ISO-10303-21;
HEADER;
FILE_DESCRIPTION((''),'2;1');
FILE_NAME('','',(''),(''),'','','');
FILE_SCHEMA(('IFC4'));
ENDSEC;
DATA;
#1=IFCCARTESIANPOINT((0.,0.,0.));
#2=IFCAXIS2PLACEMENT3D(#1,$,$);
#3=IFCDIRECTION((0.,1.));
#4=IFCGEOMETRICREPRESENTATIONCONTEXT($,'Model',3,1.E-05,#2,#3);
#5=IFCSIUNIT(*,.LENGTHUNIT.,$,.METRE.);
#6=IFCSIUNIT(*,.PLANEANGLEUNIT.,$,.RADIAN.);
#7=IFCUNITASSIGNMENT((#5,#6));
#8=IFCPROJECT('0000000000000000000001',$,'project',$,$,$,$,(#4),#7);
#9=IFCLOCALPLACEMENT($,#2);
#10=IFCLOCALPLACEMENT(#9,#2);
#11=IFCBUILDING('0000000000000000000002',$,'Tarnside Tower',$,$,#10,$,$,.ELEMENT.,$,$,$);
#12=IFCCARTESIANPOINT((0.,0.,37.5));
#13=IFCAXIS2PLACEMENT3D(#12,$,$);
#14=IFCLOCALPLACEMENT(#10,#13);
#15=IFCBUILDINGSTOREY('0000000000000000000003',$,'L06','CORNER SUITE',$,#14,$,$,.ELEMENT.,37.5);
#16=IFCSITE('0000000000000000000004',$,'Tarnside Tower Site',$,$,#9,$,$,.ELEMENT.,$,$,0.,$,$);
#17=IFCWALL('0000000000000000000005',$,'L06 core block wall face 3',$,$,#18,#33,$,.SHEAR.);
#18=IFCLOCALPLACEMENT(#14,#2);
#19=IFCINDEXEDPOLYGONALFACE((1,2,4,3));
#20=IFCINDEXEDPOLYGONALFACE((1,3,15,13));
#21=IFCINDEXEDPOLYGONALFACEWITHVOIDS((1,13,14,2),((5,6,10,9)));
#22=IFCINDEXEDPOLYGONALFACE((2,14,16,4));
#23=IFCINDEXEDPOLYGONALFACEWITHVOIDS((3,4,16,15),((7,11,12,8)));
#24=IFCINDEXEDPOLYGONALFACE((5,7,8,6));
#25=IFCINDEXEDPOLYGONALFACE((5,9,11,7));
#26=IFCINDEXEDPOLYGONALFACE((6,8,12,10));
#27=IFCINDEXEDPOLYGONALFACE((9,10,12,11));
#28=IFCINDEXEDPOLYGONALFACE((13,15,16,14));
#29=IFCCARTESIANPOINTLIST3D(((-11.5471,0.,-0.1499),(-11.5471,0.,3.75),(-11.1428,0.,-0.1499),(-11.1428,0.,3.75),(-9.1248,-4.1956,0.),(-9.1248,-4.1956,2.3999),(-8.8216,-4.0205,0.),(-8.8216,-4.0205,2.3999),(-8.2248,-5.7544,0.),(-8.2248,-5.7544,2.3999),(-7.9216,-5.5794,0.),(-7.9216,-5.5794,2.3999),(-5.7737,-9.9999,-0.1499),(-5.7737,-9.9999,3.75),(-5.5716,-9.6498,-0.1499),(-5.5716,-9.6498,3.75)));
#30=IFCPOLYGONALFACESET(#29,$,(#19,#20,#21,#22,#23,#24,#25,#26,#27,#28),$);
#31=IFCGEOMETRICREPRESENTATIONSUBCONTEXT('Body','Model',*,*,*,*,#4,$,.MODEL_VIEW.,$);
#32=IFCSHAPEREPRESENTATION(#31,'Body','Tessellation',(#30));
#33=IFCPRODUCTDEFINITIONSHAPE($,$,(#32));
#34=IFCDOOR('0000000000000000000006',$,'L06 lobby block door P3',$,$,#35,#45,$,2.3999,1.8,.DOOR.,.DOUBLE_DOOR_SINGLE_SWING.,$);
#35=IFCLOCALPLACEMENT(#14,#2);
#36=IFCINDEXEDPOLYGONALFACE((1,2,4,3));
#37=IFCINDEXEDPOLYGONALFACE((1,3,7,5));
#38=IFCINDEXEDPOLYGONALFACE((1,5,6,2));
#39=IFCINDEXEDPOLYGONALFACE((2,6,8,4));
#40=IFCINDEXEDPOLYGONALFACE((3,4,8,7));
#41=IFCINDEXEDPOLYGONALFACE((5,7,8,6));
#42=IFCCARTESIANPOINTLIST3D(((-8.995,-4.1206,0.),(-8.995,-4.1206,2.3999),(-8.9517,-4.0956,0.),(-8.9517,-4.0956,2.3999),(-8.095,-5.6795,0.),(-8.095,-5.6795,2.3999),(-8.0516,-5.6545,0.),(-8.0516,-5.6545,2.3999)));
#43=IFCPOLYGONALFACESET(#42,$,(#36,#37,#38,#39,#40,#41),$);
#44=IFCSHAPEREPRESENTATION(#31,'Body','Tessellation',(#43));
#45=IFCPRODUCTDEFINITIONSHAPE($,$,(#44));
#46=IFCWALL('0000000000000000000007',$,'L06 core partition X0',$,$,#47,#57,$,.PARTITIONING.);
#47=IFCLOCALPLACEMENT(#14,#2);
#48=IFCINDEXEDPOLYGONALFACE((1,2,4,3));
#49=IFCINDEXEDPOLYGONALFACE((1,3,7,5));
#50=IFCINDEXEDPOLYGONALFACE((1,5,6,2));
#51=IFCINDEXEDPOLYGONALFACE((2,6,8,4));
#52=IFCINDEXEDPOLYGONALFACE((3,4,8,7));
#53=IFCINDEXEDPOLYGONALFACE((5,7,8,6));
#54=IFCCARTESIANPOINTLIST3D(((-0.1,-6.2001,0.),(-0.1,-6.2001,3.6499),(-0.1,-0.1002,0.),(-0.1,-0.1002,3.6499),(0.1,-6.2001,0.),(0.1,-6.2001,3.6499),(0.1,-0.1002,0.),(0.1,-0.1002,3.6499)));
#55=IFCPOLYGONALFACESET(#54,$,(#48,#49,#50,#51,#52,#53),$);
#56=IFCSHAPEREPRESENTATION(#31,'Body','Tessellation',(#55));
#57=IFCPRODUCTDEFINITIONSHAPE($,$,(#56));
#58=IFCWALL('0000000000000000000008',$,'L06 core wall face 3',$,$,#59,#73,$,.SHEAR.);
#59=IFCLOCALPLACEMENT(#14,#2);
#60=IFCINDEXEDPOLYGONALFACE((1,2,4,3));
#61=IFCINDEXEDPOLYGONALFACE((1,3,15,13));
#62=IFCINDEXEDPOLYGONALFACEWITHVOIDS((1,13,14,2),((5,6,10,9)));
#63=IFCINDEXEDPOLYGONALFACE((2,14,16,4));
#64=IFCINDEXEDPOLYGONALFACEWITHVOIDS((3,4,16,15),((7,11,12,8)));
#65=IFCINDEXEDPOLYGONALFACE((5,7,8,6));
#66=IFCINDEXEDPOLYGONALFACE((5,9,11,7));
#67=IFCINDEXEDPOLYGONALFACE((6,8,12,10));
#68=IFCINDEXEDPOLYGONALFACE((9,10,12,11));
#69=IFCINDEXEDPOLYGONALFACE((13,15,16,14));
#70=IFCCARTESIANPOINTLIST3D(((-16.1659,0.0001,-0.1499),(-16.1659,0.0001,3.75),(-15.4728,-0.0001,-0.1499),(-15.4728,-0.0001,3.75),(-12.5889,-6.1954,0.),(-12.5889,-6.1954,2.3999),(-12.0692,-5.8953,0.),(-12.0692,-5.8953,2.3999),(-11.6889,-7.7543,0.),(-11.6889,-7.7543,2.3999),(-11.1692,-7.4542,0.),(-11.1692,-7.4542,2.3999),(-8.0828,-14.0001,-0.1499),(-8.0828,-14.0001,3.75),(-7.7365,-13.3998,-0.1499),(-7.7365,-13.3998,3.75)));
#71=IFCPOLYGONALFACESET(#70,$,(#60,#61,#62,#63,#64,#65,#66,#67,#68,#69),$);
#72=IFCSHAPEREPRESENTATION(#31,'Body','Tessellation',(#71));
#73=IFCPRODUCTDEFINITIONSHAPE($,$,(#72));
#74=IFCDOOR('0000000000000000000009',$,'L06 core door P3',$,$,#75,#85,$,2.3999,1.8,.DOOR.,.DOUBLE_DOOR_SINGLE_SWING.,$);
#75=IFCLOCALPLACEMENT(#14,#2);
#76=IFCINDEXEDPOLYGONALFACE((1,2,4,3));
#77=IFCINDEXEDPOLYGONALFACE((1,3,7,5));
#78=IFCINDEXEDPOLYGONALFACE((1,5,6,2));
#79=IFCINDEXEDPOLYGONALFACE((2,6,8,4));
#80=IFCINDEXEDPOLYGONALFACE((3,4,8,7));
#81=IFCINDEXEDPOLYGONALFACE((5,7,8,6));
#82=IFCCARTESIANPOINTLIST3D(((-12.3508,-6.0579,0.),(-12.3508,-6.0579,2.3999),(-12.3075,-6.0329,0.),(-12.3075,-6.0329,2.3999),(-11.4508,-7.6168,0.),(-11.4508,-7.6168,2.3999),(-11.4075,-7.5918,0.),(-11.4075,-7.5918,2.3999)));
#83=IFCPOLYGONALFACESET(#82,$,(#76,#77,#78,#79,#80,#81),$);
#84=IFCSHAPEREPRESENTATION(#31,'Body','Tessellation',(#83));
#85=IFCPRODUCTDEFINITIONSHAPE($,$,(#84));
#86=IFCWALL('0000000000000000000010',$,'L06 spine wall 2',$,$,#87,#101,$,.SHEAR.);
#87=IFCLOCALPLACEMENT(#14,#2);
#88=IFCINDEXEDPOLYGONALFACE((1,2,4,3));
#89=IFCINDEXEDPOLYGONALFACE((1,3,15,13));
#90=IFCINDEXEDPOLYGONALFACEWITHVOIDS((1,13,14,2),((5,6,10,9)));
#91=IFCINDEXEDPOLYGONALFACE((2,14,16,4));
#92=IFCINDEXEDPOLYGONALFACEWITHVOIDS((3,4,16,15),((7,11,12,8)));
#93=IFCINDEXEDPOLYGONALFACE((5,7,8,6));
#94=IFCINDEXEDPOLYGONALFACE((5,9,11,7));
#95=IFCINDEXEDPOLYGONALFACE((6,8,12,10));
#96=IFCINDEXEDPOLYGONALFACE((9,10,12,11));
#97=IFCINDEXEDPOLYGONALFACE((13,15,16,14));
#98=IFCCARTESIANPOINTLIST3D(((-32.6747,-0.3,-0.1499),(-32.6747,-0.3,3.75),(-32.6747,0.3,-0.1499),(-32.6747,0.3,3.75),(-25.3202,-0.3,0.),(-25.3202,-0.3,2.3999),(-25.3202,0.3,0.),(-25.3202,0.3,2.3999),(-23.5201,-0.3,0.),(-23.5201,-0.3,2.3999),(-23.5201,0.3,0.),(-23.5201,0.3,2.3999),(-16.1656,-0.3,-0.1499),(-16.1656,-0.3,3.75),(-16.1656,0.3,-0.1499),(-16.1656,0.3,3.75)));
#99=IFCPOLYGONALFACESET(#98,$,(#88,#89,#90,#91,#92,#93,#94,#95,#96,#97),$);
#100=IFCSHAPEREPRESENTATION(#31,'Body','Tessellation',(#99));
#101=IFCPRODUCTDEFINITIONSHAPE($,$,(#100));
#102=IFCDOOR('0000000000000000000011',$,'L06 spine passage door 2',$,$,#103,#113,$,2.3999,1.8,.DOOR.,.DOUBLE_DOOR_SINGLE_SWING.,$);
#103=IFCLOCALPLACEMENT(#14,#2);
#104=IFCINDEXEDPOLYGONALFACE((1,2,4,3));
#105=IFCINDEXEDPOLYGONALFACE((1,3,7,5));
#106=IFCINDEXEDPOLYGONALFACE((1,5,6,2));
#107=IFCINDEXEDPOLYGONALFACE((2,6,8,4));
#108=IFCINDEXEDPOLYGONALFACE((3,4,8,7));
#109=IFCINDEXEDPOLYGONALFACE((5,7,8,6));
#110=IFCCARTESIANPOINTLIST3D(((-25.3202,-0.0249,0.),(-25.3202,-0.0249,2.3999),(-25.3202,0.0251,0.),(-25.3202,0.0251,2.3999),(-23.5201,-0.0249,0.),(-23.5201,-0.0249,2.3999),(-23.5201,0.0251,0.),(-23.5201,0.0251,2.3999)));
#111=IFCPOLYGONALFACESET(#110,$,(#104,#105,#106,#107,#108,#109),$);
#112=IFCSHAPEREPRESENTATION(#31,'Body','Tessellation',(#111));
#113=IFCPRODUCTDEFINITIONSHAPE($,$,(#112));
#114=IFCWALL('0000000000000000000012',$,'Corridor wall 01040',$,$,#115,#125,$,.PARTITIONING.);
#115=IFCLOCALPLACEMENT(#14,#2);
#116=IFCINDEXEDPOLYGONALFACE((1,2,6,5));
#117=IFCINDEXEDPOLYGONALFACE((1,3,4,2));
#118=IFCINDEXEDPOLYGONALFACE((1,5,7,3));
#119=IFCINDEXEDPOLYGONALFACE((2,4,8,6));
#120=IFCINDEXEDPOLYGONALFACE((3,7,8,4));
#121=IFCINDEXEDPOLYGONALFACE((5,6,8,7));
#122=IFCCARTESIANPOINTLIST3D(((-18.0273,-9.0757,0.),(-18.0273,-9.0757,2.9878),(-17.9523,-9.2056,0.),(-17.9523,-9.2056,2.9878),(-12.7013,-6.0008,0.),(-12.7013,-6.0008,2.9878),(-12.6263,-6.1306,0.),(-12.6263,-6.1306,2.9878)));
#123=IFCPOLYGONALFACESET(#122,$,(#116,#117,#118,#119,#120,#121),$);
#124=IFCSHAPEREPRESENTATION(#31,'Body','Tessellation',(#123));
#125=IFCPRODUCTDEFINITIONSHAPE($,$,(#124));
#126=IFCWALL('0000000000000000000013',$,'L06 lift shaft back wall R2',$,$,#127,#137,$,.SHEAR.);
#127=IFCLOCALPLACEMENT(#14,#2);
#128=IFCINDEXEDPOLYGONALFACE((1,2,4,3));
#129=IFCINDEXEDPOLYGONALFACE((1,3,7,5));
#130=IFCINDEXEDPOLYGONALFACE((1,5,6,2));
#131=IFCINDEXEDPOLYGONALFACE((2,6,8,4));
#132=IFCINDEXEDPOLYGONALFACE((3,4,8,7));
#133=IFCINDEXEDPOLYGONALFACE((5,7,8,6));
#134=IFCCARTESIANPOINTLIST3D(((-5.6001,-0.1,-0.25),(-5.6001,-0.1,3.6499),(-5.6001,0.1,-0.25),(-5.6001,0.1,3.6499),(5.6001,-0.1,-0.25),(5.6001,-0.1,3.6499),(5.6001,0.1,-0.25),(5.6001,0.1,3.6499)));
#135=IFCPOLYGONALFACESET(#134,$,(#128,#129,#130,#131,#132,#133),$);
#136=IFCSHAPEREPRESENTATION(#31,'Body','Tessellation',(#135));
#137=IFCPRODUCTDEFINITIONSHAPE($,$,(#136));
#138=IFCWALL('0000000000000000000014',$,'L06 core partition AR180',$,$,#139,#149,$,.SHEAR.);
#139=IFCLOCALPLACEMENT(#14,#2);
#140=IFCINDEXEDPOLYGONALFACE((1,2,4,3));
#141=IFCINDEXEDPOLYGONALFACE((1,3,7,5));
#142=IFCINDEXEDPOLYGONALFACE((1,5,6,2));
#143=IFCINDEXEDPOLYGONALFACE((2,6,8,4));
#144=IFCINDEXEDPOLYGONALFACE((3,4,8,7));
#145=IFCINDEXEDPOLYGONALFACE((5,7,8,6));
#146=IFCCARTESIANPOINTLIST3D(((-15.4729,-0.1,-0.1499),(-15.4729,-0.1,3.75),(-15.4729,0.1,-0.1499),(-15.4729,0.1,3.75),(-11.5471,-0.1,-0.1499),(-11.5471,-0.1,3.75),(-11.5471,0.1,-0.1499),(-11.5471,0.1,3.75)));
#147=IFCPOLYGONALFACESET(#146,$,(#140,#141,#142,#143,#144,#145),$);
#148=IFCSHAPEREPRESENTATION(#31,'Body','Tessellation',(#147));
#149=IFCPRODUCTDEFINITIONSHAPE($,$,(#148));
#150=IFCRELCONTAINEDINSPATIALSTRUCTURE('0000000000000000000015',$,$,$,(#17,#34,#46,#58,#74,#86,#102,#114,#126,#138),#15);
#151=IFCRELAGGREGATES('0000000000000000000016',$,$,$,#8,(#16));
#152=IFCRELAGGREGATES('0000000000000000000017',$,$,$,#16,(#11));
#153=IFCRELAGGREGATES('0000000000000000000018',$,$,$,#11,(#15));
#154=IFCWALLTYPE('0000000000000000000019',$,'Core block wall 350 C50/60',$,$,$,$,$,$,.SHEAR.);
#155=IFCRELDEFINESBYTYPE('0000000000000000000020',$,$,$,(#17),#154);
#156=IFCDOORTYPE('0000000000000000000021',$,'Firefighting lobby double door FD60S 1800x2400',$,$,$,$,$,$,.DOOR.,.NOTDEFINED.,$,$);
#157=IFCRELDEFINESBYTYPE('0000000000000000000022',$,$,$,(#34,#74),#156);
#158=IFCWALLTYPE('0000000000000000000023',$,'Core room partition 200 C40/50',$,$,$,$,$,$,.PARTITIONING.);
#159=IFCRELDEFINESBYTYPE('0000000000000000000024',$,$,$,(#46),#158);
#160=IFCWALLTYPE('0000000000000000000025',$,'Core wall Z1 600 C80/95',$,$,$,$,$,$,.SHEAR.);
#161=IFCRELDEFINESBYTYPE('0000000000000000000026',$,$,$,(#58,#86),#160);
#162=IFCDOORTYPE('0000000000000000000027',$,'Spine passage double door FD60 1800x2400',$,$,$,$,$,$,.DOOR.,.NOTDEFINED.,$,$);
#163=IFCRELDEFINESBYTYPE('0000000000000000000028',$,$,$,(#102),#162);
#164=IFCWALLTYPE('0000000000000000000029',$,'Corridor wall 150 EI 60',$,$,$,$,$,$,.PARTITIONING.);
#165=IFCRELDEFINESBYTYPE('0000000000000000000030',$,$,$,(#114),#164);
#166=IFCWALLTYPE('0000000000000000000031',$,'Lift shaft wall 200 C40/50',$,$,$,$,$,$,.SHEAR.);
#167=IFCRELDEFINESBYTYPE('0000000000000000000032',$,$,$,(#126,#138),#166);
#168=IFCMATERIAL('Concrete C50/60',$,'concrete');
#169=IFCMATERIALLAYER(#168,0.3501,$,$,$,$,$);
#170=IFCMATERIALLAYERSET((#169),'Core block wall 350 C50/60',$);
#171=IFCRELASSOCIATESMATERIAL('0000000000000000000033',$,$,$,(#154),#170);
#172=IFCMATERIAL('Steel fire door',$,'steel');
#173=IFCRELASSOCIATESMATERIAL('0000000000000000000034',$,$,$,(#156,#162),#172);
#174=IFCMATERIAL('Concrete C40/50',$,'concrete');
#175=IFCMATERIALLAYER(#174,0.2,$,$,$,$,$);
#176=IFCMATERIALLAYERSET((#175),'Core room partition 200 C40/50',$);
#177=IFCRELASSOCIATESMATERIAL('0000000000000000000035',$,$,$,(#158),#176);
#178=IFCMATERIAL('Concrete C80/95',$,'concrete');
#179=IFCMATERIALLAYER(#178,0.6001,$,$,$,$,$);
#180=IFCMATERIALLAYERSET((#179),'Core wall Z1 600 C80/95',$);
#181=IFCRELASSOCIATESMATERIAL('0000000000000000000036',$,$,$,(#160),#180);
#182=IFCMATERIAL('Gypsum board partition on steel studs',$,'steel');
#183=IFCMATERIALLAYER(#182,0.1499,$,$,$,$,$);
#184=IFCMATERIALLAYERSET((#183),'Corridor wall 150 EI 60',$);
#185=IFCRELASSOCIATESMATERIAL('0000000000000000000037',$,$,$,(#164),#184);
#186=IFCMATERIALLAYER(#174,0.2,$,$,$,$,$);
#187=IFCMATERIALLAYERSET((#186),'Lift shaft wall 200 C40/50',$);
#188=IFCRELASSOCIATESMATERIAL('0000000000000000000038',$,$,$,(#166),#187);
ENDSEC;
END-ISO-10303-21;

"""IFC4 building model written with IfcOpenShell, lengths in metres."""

from ifc_helpers import new_model, si_unit, direction, frame, frame_2d, origin, place, context, subcontext, project, spatial, polyline, rectangle, outline, extrude, material, layer, layer_set, type_object, element, fill, save


model = new_model("IFC4")

# Units and contexts
model_context = context("Model", 3, precision=1e-05, world=origin(), true_north=direction((0.0, 1.0)))
body_context = subcontext(model_context, "Body", "Model", "MODEL_VIEW")
ifc_project = project(units=[si_unit("LENGTHUNIT", "METRE"), si_unit("PLANEANGLEUNIT", "RADIAN")], contexts=[model_context])

# Site, building, storey
site_placement = place(None, origin())
site = spatial("IfcSite", under=ifc_project, at=site_placement, Name="Tarnside Tower Site", CompositionType="ELEMENT", RefElevation=0.0)
building_placement = place(site_placement, origin())
building = spatial("IfcBuilding", under=site, at=building_placement, Name="Tarnside Tower", CompositionType="ELEMENT")
storey_placement = place(building_placement, frame((0.0, 0.0, 37.5)))
storey = spatial("IfcBuildingStorey", under=building, at=storey_placement, Name="L06", Description="CORNER SUITE", CompositionType="ELEMENT", Elevation=37.5)

# Wall, opening, door
ifc_material_1 = material(Name="Concrete C50/60", Category="concrete")
ifc_layer_1 = layer(ifc_material_1, 0.3501)
ifc_layer_set_1 = layer_set([ifc_layer_1], Name="Core block wall 350 C50/60")
wall_type_1 = type_object("IfcWallType", Name="Core block wall 350 C50/60", PredefinedType="SHEAR", material=ifc_layer_set_1)
wall_1_placement = place(storey_placement, frame((-11.345, 0.0, -0.1499), z_axis=(0.0, 0.0, 1.0), x_axis=(0.499995, -0.866028, 0.0)))
wall_1 = element("IfcWall", 1, at=wall_1_placement, inside=storey, type_object=wall_type_1, Name="L06 core block wall face 3", PredefinedType="SHEAR", context=body_context, shape_type="SweptSolid", body=[
    extrude(outline(polyline([(-0.1011, -0.175), (11.4458, -0.175), (11.2437, 0.175), (0.1011, 0.175), (-0.1011, -0.175)])), origin(), (0.0, 0.0, 1.0), 3.8999),
])
opening_1_placement = place(wall_1_placement, frame((4.7437, 0.0, 0.1499)))
opening_1 = element("IfcOpeningElement", 2, at=opening_1_placement, cuts=wall_1, PredefinedType="OPENING", context=body_context, shape_type="SweptSolid", body=[
    extrude(rectangle(XDim=1.8, YDim=2.3999, at=frame_2d((0.8999, 1.2))), frame((0.0, 0.1851, 0.0), z_axis=(0.0, -1.0, 0.0), x_axis=(1.0, 0.0, 0.0)), (0.0, 0.0, 1.0), 0.3701),
])
ifc_material_2 = material(Name="Steel fire door", Category="steel")
door_type_1 = type_object("IfcDoorType", Name="Firefighting lobby double door FD60S 1800x2400", OperationType="NOTDEFINED", PredefinedType="DOOR", material=ifc_material_2)
door_1_placement = place(opening_1_placement, origin())
door_1 = element("IfcDoor", 3, at=door_1_placement, inside=storey, type_object=door_type_1, Name="L06 lobby block door P3", OperationType="DOUBLE_DOOR_SINGLE_SWING", OverallHeight=2.3999, OverallWidth=1.8, PredefinedType="DOOR", context=body_context, shape_type="SweptSolid", body=[
    extrude(rectangle(XDim=1.8, YDim=2.3999, at=frame_2d((0.8999, 1.2))), frame((0.0, 0.0249, 0.0), z_axis=(0.0, -1.0, 0.0), x_axis=(1.0, 0.0, 0.0)), (0.0, 0.0, 1.0), 0.05),
])
fill(opening_1, door_1)

# Wall
ifc_material_3 = material(Name="Concrete C40/50", Category="concrete")
ifc_layer_2 = layer(ifc_material_3, 0.2)
ifc_layer_set_2 = layer_set([ifc_layer_2], Name="Core room partition 200 C40/50")
wall_type_2 = type_object("IfcWallType", Name="Core room partition 200 C40/50", PredefinedType="PARTITIONING", material=ifc_layer_set_2)
wall_2_placement = place(storey_placement, frame((0.0, -6.2, 0.0), z_axis=(0.0, 0.0, 1.0), x_axis=(0.0, 1.0, 0.0)))
element("IfcWall", 4, at=wall_2_placement, inside=storey, type_object=wall_type_2, Name="L06 core partition X0", PredefinedType="PARTITIONING", context=body_context, shape_type="SweptSolid", body=[
    extrude(rectangle(XDim=6.0999, YDim=0.2, at=frame_2d((3.0498, 0.0))), origin(), (0.0, 0.0, 1.0), 3.6499),
])

# Walls, openings, doors
ifc_material_4 = material(Name="Concrete C80/95", Category="concrete")
ifc_layer_3 = layer(ifc_material_4, 0.6001)
ifc_layer_set_3 = layer_set([ifc_layer_3], Name="Core wall Z1 600 C80/95")
wall_type_3 = type_object("IfcWallType", Name="Core wall Z1 600 C80/95", PredefinedType="SHEAR", material=ifc_layer_set_3)
wall_3_placement = place(storey_placement, frame((-15.8193, 0.0, -0.1499), z_axis=(0.0, 0.0, 1.0), x_axis=(0.5, -0.866025, 0.0)))
wall_3 = element("IfcWall", 5, at=wall_3_placement, inside=storey, type_object=wall_type_3, Name="L06 core wall face 3", PredefinedType="SHEAR", context=body_context, shape_type="SweptSolid", body=[
    extrude(outline(polyline([(-0.1733, -0.3), (15.9927, -0.3), (15.646, 0.3), (0.1733, 0.3), (-0.1733, -0.3)])), origin(), (0.0, 0.0, 1.0), 3.8999),
])
opening_2_placement = place(wall_3_placement, frame((6.9807, 0.0, 0.1499)))
opening_2 = element("IfcOpeningElement", 6, at=opening_2_placement, cuts=wall_3, PredefinedType="OPENING", context=body_context, shape_type="SweptSolid", body=[
    extrude(rectangle(XDim=1.8, YDim=2.3999, at=frame_2d((0.8999, 1.2))), frame((0.0, 0.3101, 0.0), z_axis=(0.0, -1.0, 0.0), x_axis=(1.0, 0.0, 0.0)), (0.0, 0.0, 1.0), 0.6201),
])
door_2_placement = place(opening_2_placement, origin())
door_2 = element("IfcDoor", 7, at=door_2_placement, inside=storey, type_object=door_type_1, Name="L06 core door P3", OperationType="DOUBLE_DOOR_SINGLE_SWING", OverallHeight=2.3999, OverallWidth=1.8, PredefinedType="DOOR", context=body_context, shape_type="SweptSolid", body=[
    extrude(rectangle(XDim=1.8, YDim=2.3999, at=frame_2d((0.8999, 1.2))), frame((0.0, 0.0249, 0.0), z_axis=(0.0, -1.0, 0.0), x_axis=(1.0, 0.0, 0.0)), (0.0, 0.0, 1.0), 0.05),
])
fill(opening_2, door_2)
wall_4_placement = place(storey_placement, frame((-16.1658, 0.0, -0.1499), z_axis=(0.0, 0.0, 1.0), x_axis=(-1.0, 0.0, 0.0)))
wall_4 = element("IfcWall", 8, at=wall_4_placement, inside=storey, type_object=wall_type_3, Name="L06 spine wall 2", PredefinedType="SHEAR", context=body_context, shape_type="SweptSolid", body=[
    extrude(rectangle(XDim=16.509, YDim=0.6001, at=frame_2d((8.2544, 0.0))), origin(), (0.0, 0.0, 1.0), 3.8999),
])
opening_3_placement = place(wall_4_placement, frame((7.3545, 0.0, 0.1499)))
opening_3 = element("IfcOpeningElement", 9, at=opening_3_placement, cuts=wall_4, PredefinedType="OPENING", context=body_context, shape_type="SweptSolid", body=[
    extrude(rectangle(XDim=1.8, YDim=2.3999, at=frame_2d((0.8999, 1.2))), frame((0.0, 0.3101, 0.0), z_axis=(0.0, -1.0, 0.0), x_axis=(1.0, 0.0, 0.0)), (0.0, 0.0, 1.0), 0.6201),
])
door_type_2 = type_object("IfcDoorType", Name="Spine passage double door FD60 1800x2400", OperationType="NOTDEFINED", PredefinedType="DOOR", material=ifc_material_2)
door_3_placement = place(opening_3_placement, origin())
door_3 = element("IfcDoor", 10, at=door_3_placement, inside=storey, type_object=door_type_2, Name="L06 spine passage door 2", OperationType="DOUBLE_DOOR_SINGLE_SWING", OverallHeight=2.3999, OverallWidth=1.8, PredefinedType="DOOR", context=body_context, shape_type="SweptSolid", body=[
    extrude(rectangle(XDim=1.8, YDim=2.3999, at=frame_2d((0.8999, 1.2))), frame((0.0, 0.0249, 0.0), z_axis=(0.0, -1.0, 0.0), x_axis=(1.0, 0.0, 0.0)), (0.0, 0.0, 1.0), 0.05),
])
fill(opening_3, door_3)

# Walls
ifc_material_5 = material(Name="Gypsum board partition on steel studs", Category="steel")
ifc_layer_4 = layer(ifc_material_5, 0.1499)
ifc_layer_set_4 = layer_set([ifc_layer_4], Name="Corridor wall 150 EI 60")
wall_type_4 = type_object("IfcWallType", Name="Corridor wall 150 EI 60", PredefinedType="PARTITIONING", material=ifc_layer_set_4)
wall_5_placement = place(storey_placement, frame((-12.6638, -6.0657, 0.0), z_axis=(0.0, 0.0, 1.0), x_axis=(-0.866024, -0.500003, 0.0)))
element("IfcWall", 11, at=wall_5_placement, inside=storey, type_object=wall_type_4, Name="Corridor wall 01040", PredefinedType="PARTITIONING", context=body_context, shape_type="SweptSolid", body=[
    extrude(rectangle(XDim=6.1499, YDim=0.1499, at=frame_2d((3.075, 0.0))), origin(), (0.0, 0.0, 1.0), 2.9878),
])
ifc_layer_5 = layer(ifc_material_3, 0.2)
ifc_layer_set_5 = layer_set([ifc_layer_5], Name="Lift shaft wall 200 C40/50")
wall_type_5 = type_object("IfcWallType", Name="Lift shaft wall 200 C40/50", PredefinedType="SHEAR", material=ifc_layer_set_5)
wall_6_placement = place(storey_placement, frame((-5.6001, 0.0, -0.25), z_axis=(0.0, 0.0, 1.0), x_axis=(1.0, 0.0, 0.0)))
element("IfcWall", 12, at=wall_6_placement, inside=storey, type_object=wall_type_5, Name="L06 lift shaft back wall R2", PredefinedType="SHEAR", context=body_context, shape_type="SweptSolid", body=[
    extrude(rectangle(XDim=11.2002, YDim=0.2, at=frame_2d((5.6001, 0.0))), origin(), (0.0, 0.0, 1.0), 3.8999),
])
wall_7_placement = place(storey_placement, frame((-11.5471, 0.0, -0.1499), z_axis=(0.0, 0.0, 1.0), x_axis=(-1.0, 0.0, 0.0)))
element("IfcWall", 13, at=wall_7_placement, inside=storey, type_object=wall_type_5, Name="L06 core partition AR180", PredefinedType="SHEAR", context=body_context, shape_type="SweptSolid", body=[
    extrude(rectangle(XDim=3.9258, YDim=0.2, at=frame_2d((1.9629, 0.0))), origin(), (0.0, 0.0, 1.0), 3.8999),
])

save(model, "model.ifc")
